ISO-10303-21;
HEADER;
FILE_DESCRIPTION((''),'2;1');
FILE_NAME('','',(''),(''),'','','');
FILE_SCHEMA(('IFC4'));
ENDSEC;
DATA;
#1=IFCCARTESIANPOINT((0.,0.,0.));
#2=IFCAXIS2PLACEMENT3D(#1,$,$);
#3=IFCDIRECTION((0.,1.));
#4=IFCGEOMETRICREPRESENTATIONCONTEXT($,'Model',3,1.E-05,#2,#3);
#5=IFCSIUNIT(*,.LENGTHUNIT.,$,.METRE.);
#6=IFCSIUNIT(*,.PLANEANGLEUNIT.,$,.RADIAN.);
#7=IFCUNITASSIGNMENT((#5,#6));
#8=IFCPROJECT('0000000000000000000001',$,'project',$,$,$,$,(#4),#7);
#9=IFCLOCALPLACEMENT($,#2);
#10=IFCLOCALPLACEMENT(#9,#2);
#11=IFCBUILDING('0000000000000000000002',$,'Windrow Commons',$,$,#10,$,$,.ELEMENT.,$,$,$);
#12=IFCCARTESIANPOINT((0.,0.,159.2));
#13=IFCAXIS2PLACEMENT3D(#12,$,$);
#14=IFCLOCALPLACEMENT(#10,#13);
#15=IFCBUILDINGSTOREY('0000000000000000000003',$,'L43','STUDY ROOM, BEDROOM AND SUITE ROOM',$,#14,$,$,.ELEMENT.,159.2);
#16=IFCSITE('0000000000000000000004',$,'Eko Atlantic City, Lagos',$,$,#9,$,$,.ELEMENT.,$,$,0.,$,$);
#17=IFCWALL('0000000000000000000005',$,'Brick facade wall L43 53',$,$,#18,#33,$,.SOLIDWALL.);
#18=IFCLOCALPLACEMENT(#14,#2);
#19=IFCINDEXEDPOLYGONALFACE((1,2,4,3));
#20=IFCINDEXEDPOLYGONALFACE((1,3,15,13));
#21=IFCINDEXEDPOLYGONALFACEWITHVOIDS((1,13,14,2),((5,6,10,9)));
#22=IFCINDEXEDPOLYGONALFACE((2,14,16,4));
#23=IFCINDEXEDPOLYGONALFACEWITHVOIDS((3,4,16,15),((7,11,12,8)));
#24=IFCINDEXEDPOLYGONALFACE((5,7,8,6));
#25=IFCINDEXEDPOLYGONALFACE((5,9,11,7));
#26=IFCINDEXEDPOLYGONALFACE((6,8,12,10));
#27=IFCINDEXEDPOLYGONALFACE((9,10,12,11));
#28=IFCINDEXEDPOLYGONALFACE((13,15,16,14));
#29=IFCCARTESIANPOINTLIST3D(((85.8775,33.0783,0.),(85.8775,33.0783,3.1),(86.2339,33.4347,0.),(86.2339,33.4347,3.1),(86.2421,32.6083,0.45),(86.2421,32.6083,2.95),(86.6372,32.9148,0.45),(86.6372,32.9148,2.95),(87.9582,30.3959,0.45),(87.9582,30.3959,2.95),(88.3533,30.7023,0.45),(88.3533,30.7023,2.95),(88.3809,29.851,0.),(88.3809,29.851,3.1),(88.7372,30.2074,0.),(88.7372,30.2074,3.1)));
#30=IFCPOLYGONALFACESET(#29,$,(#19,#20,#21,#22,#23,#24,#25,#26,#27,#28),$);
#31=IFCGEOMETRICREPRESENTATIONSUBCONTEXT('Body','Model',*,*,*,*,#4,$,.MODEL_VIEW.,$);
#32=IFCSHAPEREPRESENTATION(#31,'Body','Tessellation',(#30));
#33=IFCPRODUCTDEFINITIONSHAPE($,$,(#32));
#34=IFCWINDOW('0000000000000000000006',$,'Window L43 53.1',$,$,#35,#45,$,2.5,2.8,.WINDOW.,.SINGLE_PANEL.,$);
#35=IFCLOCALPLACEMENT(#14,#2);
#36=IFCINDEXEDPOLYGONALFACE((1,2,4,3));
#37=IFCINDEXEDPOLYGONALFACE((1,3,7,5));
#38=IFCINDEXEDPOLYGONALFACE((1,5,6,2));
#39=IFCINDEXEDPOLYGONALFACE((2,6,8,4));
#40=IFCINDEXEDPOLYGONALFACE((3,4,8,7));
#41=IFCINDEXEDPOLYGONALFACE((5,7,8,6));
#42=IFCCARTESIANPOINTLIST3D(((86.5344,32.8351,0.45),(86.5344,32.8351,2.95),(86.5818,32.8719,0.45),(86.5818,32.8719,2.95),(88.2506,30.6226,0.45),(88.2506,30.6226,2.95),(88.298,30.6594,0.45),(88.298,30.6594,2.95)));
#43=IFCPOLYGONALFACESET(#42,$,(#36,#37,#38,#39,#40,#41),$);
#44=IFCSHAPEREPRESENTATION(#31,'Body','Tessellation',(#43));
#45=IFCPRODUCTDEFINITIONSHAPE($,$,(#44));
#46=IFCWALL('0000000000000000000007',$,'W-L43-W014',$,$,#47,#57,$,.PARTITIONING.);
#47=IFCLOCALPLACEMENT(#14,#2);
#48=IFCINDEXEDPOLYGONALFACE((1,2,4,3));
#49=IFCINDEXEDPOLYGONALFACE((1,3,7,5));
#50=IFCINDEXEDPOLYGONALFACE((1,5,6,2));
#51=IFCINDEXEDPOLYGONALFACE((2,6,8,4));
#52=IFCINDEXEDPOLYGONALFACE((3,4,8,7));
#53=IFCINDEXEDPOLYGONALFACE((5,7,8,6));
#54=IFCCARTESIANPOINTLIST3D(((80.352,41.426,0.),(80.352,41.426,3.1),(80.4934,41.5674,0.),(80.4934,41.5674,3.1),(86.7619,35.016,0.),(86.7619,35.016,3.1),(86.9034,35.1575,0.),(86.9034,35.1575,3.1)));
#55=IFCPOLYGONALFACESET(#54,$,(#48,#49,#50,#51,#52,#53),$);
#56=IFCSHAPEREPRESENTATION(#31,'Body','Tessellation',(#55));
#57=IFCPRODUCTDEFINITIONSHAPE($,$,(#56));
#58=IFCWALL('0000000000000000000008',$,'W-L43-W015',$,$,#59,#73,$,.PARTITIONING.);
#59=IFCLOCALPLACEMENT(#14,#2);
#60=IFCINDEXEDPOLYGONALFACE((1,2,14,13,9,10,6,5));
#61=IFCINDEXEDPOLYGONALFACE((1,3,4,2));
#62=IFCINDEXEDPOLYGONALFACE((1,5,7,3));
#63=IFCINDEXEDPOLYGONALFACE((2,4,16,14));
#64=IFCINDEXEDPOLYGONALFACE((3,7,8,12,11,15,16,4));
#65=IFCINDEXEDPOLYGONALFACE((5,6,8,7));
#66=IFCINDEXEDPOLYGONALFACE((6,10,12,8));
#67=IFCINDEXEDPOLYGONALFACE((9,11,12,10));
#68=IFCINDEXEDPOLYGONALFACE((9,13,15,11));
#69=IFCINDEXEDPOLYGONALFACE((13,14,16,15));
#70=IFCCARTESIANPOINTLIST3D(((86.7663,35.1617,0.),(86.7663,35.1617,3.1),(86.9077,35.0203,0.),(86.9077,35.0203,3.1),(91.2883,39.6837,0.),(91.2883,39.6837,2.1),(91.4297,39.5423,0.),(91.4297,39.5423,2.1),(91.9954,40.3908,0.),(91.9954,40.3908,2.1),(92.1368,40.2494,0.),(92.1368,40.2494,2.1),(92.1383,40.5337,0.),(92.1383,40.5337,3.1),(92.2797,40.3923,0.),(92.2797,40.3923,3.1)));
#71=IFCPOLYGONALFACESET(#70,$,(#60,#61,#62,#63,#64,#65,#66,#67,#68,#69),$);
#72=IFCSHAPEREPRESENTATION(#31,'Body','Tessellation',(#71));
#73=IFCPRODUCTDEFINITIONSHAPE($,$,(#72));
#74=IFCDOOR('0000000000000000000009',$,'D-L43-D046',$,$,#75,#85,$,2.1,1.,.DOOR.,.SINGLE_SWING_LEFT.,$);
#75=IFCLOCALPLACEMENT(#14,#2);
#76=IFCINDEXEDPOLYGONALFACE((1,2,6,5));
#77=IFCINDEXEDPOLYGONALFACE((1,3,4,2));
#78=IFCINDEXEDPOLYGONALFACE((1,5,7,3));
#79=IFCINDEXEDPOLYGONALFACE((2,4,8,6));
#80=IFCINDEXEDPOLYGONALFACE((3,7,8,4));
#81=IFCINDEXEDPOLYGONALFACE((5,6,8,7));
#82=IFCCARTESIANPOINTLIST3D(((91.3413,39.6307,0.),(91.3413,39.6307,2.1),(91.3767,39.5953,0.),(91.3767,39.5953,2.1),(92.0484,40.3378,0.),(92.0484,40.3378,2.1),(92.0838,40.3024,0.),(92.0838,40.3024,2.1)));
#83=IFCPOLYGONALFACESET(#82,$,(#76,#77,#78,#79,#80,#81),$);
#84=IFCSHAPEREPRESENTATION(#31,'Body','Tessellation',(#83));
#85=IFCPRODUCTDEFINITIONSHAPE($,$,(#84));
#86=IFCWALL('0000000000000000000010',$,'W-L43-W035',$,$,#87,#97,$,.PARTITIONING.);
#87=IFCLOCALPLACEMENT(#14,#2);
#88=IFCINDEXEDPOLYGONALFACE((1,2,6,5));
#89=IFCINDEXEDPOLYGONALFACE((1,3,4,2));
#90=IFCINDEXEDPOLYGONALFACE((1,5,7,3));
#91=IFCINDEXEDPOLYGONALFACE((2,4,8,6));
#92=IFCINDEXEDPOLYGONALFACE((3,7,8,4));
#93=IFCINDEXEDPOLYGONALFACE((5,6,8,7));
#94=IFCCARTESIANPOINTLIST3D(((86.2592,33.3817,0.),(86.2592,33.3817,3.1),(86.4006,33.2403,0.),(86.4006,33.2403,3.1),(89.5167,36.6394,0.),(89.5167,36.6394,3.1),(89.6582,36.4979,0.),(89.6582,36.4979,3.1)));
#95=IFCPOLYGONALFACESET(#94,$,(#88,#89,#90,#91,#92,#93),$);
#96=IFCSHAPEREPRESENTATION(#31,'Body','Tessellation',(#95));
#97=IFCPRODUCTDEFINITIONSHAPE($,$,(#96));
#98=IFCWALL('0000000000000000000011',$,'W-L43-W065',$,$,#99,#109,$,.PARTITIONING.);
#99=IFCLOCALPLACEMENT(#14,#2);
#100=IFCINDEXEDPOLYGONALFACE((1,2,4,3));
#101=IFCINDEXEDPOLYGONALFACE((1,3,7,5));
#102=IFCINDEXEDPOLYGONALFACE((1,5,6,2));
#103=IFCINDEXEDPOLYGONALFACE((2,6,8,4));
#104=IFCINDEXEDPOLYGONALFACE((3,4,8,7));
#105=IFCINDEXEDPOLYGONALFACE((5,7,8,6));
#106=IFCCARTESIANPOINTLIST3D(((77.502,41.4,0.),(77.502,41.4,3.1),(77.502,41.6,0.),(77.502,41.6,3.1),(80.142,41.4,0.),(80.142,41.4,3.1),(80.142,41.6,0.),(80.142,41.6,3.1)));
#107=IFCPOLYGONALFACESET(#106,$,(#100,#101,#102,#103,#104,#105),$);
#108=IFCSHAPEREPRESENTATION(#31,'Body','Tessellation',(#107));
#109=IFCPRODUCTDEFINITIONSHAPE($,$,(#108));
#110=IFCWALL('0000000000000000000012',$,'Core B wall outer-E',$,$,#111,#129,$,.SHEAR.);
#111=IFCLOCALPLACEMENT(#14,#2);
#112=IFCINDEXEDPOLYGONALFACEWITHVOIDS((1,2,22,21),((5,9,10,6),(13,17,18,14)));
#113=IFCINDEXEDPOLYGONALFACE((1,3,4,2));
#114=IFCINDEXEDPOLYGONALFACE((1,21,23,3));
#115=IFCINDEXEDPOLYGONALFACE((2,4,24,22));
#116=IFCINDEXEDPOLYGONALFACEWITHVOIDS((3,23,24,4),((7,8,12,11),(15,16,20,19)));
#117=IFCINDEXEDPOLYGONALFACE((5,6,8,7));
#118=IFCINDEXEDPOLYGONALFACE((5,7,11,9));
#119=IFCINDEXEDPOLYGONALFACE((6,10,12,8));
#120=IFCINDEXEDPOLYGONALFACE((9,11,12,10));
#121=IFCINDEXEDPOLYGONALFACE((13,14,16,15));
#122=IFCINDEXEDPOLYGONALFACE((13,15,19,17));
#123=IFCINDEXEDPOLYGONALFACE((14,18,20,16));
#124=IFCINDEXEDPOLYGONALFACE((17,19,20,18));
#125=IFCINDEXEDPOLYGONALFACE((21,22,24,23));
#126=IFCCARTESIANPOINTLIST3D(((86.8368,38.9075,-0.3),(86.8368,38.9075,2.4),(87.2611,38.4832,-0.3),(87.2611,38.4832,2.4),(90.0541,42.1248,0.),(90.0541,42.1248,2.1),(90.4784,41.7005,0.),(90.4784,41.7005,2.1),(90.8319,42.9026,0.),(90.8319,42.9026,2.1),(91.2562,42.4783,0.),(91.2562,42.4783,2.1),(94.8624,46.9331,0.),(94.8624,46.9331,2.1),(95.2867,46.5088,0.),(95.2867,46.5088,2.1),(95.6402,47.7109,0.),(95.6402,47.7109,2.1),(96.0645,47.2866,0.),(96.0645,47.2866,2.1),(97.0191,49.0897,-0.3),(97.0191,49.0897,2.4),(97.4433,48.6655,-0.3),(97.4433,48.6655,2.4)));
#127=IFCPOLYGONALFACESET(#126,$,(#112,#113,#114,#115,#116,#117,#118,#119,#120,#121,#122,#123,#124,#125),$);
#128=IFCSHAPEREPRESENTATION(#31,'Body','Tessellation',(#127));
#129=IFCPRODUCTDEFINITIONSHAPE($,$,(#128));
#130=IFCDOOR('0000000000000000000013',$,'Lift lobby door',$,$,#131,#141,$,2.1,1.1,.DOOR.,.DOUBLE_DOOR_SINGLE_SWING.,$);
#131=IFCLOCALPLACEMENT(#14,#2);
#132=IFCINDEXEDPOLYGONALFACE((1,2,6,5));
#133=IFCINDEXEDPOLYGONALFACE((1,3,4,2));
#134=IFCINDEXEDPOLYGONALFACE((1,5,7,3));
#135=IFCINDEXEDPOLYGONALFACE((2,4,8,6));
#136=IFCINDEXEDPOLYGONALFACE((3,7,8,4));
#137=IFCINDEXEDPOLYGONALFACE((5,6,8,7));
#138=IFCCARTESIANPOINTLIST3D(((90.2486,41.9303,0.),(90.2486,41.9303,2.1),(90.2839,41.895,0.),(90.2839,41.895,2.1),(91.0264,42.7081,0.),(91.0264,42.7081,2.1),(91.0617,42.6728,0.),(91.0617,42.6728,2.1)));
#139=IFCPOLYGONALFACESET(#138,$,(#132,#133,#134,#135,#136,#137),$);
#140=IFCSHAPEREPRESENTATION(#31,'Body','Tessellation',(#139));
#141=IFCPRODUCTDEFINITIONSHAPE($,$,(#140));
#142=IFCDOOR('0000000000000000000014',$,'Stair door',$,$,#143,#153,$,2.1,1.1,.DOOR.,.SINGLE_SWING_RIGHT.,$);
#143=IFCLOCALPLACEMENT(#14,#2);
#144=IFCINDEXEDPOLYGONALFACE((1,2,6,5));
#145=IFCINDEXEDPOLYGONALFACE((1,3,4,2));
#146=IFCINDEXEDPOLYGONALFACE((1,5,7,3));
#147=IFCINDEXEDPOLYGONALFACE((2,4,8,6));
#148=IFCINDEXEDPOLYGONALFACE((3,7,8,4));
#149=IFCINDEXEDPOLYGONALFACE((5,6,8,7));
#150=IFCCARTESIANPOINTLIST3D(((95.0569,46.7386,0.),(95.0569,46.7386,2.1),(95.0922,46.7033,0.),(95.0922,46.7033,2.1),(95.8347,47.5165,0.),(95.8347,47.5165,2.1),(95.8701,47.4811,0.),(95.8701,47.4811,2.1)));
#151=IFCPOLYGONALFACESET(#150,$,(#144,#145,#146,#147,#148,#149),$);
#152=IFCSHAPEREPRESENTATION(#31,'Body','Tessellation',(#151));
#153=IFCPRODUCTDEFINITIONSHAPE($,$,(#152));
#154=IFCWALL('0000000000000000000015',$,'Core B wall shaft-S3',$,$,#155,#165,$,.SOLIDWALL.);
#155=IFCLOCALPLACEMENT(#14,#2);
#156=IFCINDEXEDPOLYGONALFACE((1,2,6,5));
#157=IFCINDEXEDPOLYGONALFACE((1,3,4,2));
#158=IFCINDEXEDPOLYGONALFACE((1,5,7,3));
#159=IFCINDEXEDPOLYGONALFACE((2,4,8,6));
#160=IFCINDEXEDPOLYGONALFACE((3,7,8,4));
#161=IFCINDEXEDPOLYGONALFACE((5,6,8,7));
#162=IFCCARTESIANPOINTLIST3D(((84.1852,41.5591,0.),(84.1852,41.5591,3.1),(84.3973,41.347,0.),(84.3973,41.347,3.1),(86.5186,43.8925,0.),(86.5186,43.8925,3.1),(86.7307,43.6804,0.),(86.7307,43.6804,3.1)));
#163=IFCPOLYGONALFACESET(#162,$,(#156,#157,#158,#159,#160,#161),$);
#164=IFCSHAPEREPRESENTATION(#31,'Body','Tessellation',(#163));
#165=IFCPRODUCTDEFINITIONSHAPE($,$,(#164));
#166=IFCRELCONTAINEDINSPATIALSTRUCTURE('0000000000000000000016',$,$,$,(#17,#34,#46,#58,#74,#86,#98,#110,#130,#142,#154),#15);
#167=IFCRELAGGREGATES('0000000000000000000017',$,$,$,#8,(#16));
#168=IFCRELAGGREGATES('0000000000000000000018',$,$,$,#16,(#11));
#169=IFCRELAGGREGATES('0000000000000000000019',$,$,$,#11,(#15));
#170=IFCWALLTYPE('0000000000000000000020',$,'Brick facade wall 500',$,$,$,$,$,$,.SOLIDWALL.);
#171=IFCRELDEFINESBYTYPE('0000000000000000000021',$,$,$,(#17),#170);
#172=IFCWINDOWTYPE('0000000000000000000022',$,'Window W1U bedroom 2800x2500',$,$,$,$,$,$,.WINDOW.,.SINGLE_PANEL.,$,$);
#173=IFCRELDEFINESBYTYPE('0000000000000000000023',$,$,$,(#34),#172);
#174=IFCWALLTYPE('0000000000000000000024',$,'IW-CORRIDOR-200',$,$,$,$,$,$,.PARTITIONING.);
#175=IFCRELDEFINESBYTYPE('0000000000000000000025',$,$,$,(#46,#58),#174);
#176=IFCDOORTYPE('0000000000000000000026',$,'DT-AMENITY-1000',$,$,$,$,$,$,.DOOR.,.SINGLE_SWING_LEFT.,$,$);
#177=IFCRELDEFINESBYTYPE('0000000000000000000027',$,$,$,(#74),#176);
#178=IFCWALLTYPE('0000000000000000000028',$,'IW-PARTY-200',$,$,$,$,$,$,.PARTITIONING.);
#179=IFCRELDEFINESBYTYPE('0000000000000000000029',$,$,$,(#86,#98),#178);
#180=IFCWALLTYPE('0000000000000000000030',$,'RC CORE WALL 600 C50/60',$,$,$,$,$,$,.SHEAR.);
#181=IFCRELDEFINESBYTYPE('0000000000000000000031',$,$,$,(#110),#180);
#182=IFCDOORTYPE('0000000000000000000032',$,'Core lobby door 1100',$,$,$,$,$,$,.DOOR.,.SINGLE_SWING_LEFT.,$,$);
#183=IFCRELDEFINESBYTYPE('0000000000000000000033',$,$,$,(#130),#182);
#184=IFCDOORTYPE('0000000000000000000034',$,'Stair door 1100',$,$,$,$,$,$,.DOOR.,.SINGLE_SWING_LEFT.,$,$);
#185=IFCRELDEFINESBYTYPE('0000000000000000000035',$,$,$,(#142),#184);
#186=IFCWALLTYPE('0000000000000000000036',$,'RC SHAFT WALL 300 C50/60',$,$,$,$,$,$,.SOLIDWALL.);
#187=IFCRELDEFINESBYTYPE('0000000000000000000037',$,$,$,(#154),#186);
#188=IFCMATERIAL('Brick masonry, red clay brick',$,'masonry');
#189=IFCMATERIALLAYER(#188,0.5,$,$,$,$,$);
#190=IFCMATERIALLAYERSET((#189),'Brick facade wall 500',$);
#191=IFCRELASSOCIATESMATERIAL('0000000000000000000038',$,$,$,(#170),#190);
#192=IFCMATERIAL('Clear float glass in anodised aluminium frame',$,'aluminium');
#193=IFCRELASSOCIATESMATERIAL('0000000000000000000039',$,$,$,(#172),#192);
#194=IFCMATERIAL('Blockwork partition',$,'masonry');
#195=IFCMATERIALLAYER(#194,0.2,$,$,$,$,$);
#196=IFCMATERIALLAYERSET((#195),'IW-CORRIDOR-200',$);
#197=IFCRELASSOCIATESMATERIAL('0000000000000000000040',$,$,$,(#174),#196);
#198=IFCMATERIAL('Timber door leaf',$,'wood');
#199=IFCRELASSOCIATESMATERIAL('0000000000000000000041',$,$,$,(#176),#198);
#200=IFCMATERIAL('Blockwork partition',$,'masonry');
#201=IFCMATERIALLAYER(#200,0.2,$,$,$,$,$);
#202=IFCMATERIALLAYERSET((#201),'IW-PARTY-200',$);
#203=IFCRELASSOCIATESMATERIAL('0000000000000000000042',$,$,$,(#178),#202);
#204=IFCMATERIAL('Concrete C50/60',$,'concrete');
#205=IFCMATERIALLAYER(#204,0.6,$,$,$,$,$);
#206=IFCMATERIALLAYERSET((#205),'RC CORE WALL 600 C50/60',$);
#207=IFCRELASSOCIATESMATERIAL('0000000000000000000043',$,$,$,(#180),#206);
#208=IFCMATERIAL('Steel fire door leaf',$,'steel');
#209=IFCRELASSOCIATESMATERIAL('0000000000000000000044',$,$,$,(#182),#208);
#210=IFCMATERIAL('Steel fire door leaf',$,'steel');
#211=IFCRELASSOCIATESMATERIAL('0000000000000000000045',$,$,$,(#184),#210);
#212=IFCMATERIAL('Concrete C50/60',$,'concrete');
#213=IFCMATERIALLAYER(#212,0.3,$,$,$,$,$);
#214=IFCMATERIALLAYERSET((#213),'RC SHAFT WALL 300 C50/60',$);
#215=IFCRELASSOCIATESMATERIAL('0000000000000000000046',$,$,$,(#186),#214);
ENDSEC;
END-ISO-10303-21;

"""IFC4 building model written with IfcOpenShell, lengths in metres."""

from ifc_helpers import new_model, si_unit, direction, frame, frame_2d, origin, place, context, subcontext, project, spatial, polyline, rectangle, outline, extrude, material, layer, layer_set, type_object, element, fill, save


model = new_model("IFC4")

# Units and contexts
model_context = context("Model", 3, precision=1e-05, world=origin(), true_north=direction((0.0, 1.0)))
body_context = subcontext(model_context, "Body", "Model", "MODEL_VIEW")
ifc_project = project(units=[si_unit("LENGTHUNIT", "METRE"), si_unit("PLANEANGLEUNIT", "RADIAN")], contexts=[model_context])

# Site, building, storey
site_placement = place(None, origin())
site = spatial("IfcSite", under=ifc_project, at=site_placement, Name="Eko Atlantic City, Lagos", CompositionType="ELEMENT", RefElevation=0.0)
building_placement = place(site_placement, origin())
building = spatial("IfcBuilding", under=site, at=building_placement, Name="Windrow Commons", CompositionType="ELEMENT")
storey_placement = place(building_placement, frame((0.0, 0.0, 159.2)))
storey = spatial("IfcBuildingStorey", under=building, at=storey_placement, Name="L43", Description="STUDY ROOM, BEDROOM AND SUITE ROOM", CompositionType="ELEMENT", Elevation=159.2)

# Shared definitions
ifc_material_1 = material(Name="Brick masonry, red clay brick", Category="masonry")
ifc_layer_1 = layer(ifc_material_1, 0.5)
ifc_layer_set_1 = layer_set([ifc_layer_1], Name="Brick facade wall 500")
wall_type_1 = type_object("IfcWallType", Name="Brick facade wall 500", PredefinedType="SOLIDWALL", material=ifc_layer_set_1)

# Wall, opening, window
ifc_material_2 = material(Name="Clear float glass in anodised aluminium frame", Category="aluminium")
window_type_1 = type_object("IfcWindowType", Name="Window W1U bedroom 2800x2500", PartitioningType="SINGLE_PANEL", PredefinedType="WINDOW", material=ifc_material_2)
wall_1_placement = place(storey_placement, frame((86.0557, 33.2565, 0.0), z_axis=(0.0, 0.0, 1.0), x_axis=(0.612899, -0.790161, 0.0)))
wall_1 = element("IfcWall", 1, at=wall_1_placement, inside=storey, type_object=wall_type_1, Name="Brick facade wall L43 53", PredefinedType="SOLIDWALL", context=body_context, shape_type="SweptSolid", body=[
    extrude(outline(polyline([(0.0316, -0.25), (4.116, -0.25), (4.0528, 0.25), (-0.0316, 0.25), (0.0316, -0.25)])), origin(), (0.0, 0.0, 1.0), 3.1),
])
opening_1_placement = place(wall_1_placement, frame((0.6264, 0.0, 0.45)))
opening_1 = element("IfcOpeningElement", 2, at=opening_1_placement, cuts=wall_1, PredefinedType="OPENING", context=body_context, shape_type="SweptSolid", body=[
    extrude(rectangle(XDim=2.8, YDim=2.5, at=frame_2d((1.4, 1.25))), frame((0.0, 0.26, 0.0), z_axis=(0.0, -1.0, 0.0), x_axis=(1.0, 0.0, 0.0)), (0.0, 0.0, 1.0), 0.52),
])
window_1_placement = place(opening_1_placement, origin())
window_1 = element("IfcWindow", 3, at=window_1_placement, inside=storey, type_object=window_type_1, Name="Window L43 53.1", OverallHeight=2.5, OverallWidth=2.8, PartitioningType="SINGLE_PANEL", PredefinedType="WINDOW", context=body_context, shape_type="SweptSolid", body=[
    extrude(rectangle(XDim=2.8, YDim=2.5, at=frame_2d((1.4, 1.25))), frame((0.0, 0.18, 0.0), z_axis=(0.0, -1.0, 0.0), x_axis=(1.0, 0.0, 0.0)), (0.0, 0.0, 1.0), 0.06),
])
fill(opening_1, window_1)

# Wall
ifc_material_3 = material(Name="Blockwork partition", Category="masonry")
ifc_layer_2 = layer(ifc_material_3, 0.2)
ifc_layer_set_2 = layer_set([ifc_layer_2], Name="IW-CORRIDOR-200")
wall_type_2 = type_object("IfcWallType", Name="IW-CORRIDOR-200", PredefinedType="PARTITIONING", material=ifc_layer_set_2)
wall_2_placement = place(storey_placement, frame((80.4227, 41.4967, 0.0), z_axis=(0.0, 0.0, 1.0), x_axis=(0.707107, -0.707107, 0.0)))
element("IfcWall", 4, at=wall_2_placement, inside=storey, type_object=wall_type_2, Name="W-L43-W014", PredefinedType="PARTITIONING", context=body_context, shape_type="SweptSolid", body=[
    extrude(rectangle(XDim=9.0651, YDim=0.2, at=frame_2d((4.5325, 0.0))), origin(), (0.0, 0.0, 1.0), 3.1),
])

# Wall, opening, door
wall_3_placement = place(storey_placement, frame((86.837, 35.091, 0.0), z_axis=(0.0, 0.0, 1.0), x_axis=(0.707107, 0.707107, 0.0)))
wall_3 = element("IfcWall", 5, at=wall_3_placement, inside=storey, type_object=wall_type_2, Name="W-L43-W015", PredefinedType="PARTITIONING", context=body_context, shape_type="SweptSolid", body=[
    extrude(rectangle(XDim=7.5972, YDim=0.2, at=frame_2d((3.7986, 0.0))), origin(), (0.0, 0.0, 1.0), 3.1),
])
opening_2_placement = place(wall_3_placement, frame((6.3951, 0.0, 0.0)))
opening_2 = element("IfcOpeningElement", 6, at=opening_2_placement, cuts=wall_3, PredefinedType="OPENING", context=body_context, shape_type="SweptSolid", body=[
    extrude(rectangle(XDim=1.0, YDim=2.1, at=frame_2d((0.5, 1.05))), frame((0.0, 0.11, 0.0), z_axis=(0.0, -1.0, 0.0), x_axis=(1.0, 0.0, 0.0)), (0.0, 0.0, 1.0), 0.22),
])
ifc_material_4 = material(Name="Timber door leaf", Category="wood")
door_type_1 = type_object("IfcDoorType", Name="DT-AMENITY-1000", OperationType="SINGLE_SWING_LEFT", PredefinedType="DOOR", material=ifc_material_4)
door_1_placement = place(opening_2_placement, origin())
door_1 = element("IfcDoor", 7, at=door_1_placement, inside=storey, type_object=door_type_1, Name="D-L43-D046", OperationType="SINGLE_SWING_LEFT", OverallHeight=2.1, OverallWidth=1.0, PredefinedType="DOOR", context=body_context, shape_type="SweptSolid", body=[
    extrude(rectangle(XDim=1.0, YDim=2.1, at=frame_2d((0.5, 1.05))), frame((0.0, 0.025, 0.0), z_axis=(0.0, -1.0, 0.0), x_axis=(1.0, 0.0, 0.0)), (0.0, 0.0, 1.0), 0.05),
])
fill(opening_2, door_1)

# Walls
ifc_material_5 = material(Name="Blockwork partition", Category="masonry")
ifc_layer_3 = layer(ifc_material_5, 0.2)
ifc_layer_set_3 = layer_set([ifc_layer_3], Name="IW-PARTY-200")
wall_type_3 = type_object("IfcWallType", Name="IW-PARTY-200", PredefinedType="PARTITIONING", material=ifc_layer_set_3)
wall_4_placement = place(storey_placement, frame((86.3299, 33.311, 0.0), z_axis=(0.0, 0.0, 1.0), x_axis=(0.707096, 0.707118, 0.0)))
element("IfcWall", 8, at=wall_4_placement, inside=storey, type_object=wall_type_3, Name="W-L43-W035", PredefinedType="PARTITIONING", context=body_context, shape_type="SweptSolid", body=[
    extrude(rectangle(XDim=4.6069, YDim=0.2, at=frame_2d((2.3035, 0.0))), origin(), (0.0, 0.0, 1.0), 3.1),
])
wall_5_placement = place(storey_placement, frame((77.502, 41.5, 0.0), z_axis=(0.0, 0.0, 1.0), x_axis=(1.0, 0.0, 0.0)))
element("IfcWall", 9, at=wall_5_placement, inside=storey, type_object=wall_type_3, Name="W-L43-W065", PredefinedType="PARTITIONING", context=body_context, shape_type="SweptSolid", body=[
    extrude(rectangle(XDim=2.64, YDim=0.2, at=frame_2d((1.32, 0.0))), origin(), (0.0, 0.0, 1.0), 3.1),
])

# Wall, openings, doors
ifc_material_6 = material(Name="Concrete C50/60", Category="concrete")
ifc_layer_4 = layer(ifc_material_6, 0.6)
ifc_layer_set_4 = layer_set([ifc_layer_4], Name="RC CORE WALL 600 C50/60")
wall_type_4 = type_object("IfcWallType", Name="RC CORE WALL 600 C50/60", PredefinedType="SHEAR", material=ifc_layer_set_4)
wall_6_placement = place(storey_placement, frame((87.0489, 38.6953, -0.3), z_axis=(0.0, 0.0, 1.0), x_axis=(0.707107, 0.707107, 0.0)))
wall_6 = element("IfcWall", 10, at=wall_6_placement, inside=storey, type_object=wall_type_4, Name="Core B wall outer-E", PredefinedType="SHEAR", context=body_context, shape_type="SweptSolid", body=[
    extrude(rectangle(XDim=14.3999, YDim=0.6, at=frame_2d((7.2, 0.0))), origin(), (0.0, 0.0, 1.0), 2.7),
])
opening_3_placement = place(wall_6_placement, frame((4.55, 0.0, 0.3)))
opening_3 = element("IfcOpeningElement", 11, at=opening_3_placement, cuts=wall_6, PredefinedType="OPENING", context=body_context, shape_type="SweptSolid", body=[
    extrude(rectangle(XDim=1.1, YDim=2.1, at=frame_2d((0.55, 1.05))), frame((0.0, 0.31, 0.0), z_axis=(0.0, -1.0, 0.0), x_axis=(1.0, 0.0, 0.0)), (0.0, 0.0, 1.0), 0.62),
])
opening_4_placement = place(wall_6_placement, frame((11.35, 0.0, 0.3)))
opening_4 = element("IfcOpeningElement", 12, at=opening_4_placement, cuts=wall_6, PredefinedType="OPENING", context=body_context, shape_type="SweptSolid", body=[
    extrude(rectangle(XDim=1.1, YDim=2.1, at=frame_2d((0.55, 1.05))), frame((0.0, 0.31, 0.0), z_axis=(0.0, -1.0, 0.0), x_axis=(1.0, 0.0, 0.0)), (0.0, 0.0, 1.0), 0.62),
])
ifc_material_7 = material(Name="Steel fire door leaf", Category="steel")
door_type_2 = type_object("IfcDoorType", Name="Core lobby door 1100", OperationType="SINGLE_SWING_LEFT", PredefinedType="DOOR", material=ifc_material_7)
door_2_placement = place(opening_3_placement, origin())
door_2 = element("IfcDoor", 13, at=door_2_placement, inside=storey, type_object=door_type_2, Name="Lift lobby door", OperationType="DOUBLE_DOOR_SINGLE_SWING", OverallHeight=2.1, OverallWidth=1.1, PredefinedType="DOOR", context=body_context, shape_type="SweptSolid", body=[
    extrude(rectangle(XDim=1.1, YDim=2.1, at=frame_2d((0.55, 1.05))), frame((0.0, 0.025, 0.0), z_axis=(0.0, -1.0, 0.0), x_axis=(1.0, 0.0, 0.0)), (0.0, 0.0, 1.0), 0.05),
])
fill(opening_3, door_2)
ifc_material_8 = material(Name="Steel fire door leaf", Category="steel")
door_type_3 = type_object("IfcDoorType", Name="Stair door 1100", OperationType="SINGLE_SWING_LEFT", PredefinedType="DOOR", material=ifc_material_8)
door_3_placement = place(opening_4_placement, origin())
door_3 = element("IfcDoor", 14, at=door_3_placement, inside=storey, type_object=door_type_3, Name="Stair door", OperationType="SINGLE_SWING_RIGHT", OverallHeight=2.1, OverallWidth=1.1, PredefinedType="DOOR", context=body_context, shape_type="SweptSolid", body=[
    extrude(rectangle(XDim=1.1, YDim=2.1, at=frame_2d((0.55, 1.05))), frame((0.0, 0.025, 0.0), z_axis=(0.0, -1.0, 0.0), x_axis=(1.0, 0.0, 0.0)), (0.0, 0.0, 1.0), 0.05),
])
fill(opening_4, door_3)

# Wall
ifc_material_9 = material(Name="Concrete C50/60", Category="concrete")
ifc_layer_5 = layer(ifc_material_9, 0.3)
ifc_layer_set_5 = layer_set([ifc_layer_5], Name="RC SHAFT WALL 300 C50/60")
wall_type_5 = type_object("IfcWallType", Name="RC SHAFT WALL 300 C50/60", PredefinedType="SOLIDWALL", material=ifc_layer_set_5)
wall_7_placement = place(storey_placement, frame((84.2912, 41.453, 0.0), z_axis=(0.0, 0.0, 1.0), x_axis=(0.707107, 0.707107, 0.0)))
element("IfcWall", 15, at=wall_7_placement, inside=storey, type_object=wall_type_5, Name="Core B wall shaft-S3", PredefinedType="SOLIDWALL", context=body_context, shape_type="SweptSolid", body=[
    extrude(rectangle(XDim=3.2999, YDim=0.3, at=frame_2d((1.65, 0.0))), origin(), (0.0, 0.0, 1.0), 3.1),
])

save(model, "model.ifc")
